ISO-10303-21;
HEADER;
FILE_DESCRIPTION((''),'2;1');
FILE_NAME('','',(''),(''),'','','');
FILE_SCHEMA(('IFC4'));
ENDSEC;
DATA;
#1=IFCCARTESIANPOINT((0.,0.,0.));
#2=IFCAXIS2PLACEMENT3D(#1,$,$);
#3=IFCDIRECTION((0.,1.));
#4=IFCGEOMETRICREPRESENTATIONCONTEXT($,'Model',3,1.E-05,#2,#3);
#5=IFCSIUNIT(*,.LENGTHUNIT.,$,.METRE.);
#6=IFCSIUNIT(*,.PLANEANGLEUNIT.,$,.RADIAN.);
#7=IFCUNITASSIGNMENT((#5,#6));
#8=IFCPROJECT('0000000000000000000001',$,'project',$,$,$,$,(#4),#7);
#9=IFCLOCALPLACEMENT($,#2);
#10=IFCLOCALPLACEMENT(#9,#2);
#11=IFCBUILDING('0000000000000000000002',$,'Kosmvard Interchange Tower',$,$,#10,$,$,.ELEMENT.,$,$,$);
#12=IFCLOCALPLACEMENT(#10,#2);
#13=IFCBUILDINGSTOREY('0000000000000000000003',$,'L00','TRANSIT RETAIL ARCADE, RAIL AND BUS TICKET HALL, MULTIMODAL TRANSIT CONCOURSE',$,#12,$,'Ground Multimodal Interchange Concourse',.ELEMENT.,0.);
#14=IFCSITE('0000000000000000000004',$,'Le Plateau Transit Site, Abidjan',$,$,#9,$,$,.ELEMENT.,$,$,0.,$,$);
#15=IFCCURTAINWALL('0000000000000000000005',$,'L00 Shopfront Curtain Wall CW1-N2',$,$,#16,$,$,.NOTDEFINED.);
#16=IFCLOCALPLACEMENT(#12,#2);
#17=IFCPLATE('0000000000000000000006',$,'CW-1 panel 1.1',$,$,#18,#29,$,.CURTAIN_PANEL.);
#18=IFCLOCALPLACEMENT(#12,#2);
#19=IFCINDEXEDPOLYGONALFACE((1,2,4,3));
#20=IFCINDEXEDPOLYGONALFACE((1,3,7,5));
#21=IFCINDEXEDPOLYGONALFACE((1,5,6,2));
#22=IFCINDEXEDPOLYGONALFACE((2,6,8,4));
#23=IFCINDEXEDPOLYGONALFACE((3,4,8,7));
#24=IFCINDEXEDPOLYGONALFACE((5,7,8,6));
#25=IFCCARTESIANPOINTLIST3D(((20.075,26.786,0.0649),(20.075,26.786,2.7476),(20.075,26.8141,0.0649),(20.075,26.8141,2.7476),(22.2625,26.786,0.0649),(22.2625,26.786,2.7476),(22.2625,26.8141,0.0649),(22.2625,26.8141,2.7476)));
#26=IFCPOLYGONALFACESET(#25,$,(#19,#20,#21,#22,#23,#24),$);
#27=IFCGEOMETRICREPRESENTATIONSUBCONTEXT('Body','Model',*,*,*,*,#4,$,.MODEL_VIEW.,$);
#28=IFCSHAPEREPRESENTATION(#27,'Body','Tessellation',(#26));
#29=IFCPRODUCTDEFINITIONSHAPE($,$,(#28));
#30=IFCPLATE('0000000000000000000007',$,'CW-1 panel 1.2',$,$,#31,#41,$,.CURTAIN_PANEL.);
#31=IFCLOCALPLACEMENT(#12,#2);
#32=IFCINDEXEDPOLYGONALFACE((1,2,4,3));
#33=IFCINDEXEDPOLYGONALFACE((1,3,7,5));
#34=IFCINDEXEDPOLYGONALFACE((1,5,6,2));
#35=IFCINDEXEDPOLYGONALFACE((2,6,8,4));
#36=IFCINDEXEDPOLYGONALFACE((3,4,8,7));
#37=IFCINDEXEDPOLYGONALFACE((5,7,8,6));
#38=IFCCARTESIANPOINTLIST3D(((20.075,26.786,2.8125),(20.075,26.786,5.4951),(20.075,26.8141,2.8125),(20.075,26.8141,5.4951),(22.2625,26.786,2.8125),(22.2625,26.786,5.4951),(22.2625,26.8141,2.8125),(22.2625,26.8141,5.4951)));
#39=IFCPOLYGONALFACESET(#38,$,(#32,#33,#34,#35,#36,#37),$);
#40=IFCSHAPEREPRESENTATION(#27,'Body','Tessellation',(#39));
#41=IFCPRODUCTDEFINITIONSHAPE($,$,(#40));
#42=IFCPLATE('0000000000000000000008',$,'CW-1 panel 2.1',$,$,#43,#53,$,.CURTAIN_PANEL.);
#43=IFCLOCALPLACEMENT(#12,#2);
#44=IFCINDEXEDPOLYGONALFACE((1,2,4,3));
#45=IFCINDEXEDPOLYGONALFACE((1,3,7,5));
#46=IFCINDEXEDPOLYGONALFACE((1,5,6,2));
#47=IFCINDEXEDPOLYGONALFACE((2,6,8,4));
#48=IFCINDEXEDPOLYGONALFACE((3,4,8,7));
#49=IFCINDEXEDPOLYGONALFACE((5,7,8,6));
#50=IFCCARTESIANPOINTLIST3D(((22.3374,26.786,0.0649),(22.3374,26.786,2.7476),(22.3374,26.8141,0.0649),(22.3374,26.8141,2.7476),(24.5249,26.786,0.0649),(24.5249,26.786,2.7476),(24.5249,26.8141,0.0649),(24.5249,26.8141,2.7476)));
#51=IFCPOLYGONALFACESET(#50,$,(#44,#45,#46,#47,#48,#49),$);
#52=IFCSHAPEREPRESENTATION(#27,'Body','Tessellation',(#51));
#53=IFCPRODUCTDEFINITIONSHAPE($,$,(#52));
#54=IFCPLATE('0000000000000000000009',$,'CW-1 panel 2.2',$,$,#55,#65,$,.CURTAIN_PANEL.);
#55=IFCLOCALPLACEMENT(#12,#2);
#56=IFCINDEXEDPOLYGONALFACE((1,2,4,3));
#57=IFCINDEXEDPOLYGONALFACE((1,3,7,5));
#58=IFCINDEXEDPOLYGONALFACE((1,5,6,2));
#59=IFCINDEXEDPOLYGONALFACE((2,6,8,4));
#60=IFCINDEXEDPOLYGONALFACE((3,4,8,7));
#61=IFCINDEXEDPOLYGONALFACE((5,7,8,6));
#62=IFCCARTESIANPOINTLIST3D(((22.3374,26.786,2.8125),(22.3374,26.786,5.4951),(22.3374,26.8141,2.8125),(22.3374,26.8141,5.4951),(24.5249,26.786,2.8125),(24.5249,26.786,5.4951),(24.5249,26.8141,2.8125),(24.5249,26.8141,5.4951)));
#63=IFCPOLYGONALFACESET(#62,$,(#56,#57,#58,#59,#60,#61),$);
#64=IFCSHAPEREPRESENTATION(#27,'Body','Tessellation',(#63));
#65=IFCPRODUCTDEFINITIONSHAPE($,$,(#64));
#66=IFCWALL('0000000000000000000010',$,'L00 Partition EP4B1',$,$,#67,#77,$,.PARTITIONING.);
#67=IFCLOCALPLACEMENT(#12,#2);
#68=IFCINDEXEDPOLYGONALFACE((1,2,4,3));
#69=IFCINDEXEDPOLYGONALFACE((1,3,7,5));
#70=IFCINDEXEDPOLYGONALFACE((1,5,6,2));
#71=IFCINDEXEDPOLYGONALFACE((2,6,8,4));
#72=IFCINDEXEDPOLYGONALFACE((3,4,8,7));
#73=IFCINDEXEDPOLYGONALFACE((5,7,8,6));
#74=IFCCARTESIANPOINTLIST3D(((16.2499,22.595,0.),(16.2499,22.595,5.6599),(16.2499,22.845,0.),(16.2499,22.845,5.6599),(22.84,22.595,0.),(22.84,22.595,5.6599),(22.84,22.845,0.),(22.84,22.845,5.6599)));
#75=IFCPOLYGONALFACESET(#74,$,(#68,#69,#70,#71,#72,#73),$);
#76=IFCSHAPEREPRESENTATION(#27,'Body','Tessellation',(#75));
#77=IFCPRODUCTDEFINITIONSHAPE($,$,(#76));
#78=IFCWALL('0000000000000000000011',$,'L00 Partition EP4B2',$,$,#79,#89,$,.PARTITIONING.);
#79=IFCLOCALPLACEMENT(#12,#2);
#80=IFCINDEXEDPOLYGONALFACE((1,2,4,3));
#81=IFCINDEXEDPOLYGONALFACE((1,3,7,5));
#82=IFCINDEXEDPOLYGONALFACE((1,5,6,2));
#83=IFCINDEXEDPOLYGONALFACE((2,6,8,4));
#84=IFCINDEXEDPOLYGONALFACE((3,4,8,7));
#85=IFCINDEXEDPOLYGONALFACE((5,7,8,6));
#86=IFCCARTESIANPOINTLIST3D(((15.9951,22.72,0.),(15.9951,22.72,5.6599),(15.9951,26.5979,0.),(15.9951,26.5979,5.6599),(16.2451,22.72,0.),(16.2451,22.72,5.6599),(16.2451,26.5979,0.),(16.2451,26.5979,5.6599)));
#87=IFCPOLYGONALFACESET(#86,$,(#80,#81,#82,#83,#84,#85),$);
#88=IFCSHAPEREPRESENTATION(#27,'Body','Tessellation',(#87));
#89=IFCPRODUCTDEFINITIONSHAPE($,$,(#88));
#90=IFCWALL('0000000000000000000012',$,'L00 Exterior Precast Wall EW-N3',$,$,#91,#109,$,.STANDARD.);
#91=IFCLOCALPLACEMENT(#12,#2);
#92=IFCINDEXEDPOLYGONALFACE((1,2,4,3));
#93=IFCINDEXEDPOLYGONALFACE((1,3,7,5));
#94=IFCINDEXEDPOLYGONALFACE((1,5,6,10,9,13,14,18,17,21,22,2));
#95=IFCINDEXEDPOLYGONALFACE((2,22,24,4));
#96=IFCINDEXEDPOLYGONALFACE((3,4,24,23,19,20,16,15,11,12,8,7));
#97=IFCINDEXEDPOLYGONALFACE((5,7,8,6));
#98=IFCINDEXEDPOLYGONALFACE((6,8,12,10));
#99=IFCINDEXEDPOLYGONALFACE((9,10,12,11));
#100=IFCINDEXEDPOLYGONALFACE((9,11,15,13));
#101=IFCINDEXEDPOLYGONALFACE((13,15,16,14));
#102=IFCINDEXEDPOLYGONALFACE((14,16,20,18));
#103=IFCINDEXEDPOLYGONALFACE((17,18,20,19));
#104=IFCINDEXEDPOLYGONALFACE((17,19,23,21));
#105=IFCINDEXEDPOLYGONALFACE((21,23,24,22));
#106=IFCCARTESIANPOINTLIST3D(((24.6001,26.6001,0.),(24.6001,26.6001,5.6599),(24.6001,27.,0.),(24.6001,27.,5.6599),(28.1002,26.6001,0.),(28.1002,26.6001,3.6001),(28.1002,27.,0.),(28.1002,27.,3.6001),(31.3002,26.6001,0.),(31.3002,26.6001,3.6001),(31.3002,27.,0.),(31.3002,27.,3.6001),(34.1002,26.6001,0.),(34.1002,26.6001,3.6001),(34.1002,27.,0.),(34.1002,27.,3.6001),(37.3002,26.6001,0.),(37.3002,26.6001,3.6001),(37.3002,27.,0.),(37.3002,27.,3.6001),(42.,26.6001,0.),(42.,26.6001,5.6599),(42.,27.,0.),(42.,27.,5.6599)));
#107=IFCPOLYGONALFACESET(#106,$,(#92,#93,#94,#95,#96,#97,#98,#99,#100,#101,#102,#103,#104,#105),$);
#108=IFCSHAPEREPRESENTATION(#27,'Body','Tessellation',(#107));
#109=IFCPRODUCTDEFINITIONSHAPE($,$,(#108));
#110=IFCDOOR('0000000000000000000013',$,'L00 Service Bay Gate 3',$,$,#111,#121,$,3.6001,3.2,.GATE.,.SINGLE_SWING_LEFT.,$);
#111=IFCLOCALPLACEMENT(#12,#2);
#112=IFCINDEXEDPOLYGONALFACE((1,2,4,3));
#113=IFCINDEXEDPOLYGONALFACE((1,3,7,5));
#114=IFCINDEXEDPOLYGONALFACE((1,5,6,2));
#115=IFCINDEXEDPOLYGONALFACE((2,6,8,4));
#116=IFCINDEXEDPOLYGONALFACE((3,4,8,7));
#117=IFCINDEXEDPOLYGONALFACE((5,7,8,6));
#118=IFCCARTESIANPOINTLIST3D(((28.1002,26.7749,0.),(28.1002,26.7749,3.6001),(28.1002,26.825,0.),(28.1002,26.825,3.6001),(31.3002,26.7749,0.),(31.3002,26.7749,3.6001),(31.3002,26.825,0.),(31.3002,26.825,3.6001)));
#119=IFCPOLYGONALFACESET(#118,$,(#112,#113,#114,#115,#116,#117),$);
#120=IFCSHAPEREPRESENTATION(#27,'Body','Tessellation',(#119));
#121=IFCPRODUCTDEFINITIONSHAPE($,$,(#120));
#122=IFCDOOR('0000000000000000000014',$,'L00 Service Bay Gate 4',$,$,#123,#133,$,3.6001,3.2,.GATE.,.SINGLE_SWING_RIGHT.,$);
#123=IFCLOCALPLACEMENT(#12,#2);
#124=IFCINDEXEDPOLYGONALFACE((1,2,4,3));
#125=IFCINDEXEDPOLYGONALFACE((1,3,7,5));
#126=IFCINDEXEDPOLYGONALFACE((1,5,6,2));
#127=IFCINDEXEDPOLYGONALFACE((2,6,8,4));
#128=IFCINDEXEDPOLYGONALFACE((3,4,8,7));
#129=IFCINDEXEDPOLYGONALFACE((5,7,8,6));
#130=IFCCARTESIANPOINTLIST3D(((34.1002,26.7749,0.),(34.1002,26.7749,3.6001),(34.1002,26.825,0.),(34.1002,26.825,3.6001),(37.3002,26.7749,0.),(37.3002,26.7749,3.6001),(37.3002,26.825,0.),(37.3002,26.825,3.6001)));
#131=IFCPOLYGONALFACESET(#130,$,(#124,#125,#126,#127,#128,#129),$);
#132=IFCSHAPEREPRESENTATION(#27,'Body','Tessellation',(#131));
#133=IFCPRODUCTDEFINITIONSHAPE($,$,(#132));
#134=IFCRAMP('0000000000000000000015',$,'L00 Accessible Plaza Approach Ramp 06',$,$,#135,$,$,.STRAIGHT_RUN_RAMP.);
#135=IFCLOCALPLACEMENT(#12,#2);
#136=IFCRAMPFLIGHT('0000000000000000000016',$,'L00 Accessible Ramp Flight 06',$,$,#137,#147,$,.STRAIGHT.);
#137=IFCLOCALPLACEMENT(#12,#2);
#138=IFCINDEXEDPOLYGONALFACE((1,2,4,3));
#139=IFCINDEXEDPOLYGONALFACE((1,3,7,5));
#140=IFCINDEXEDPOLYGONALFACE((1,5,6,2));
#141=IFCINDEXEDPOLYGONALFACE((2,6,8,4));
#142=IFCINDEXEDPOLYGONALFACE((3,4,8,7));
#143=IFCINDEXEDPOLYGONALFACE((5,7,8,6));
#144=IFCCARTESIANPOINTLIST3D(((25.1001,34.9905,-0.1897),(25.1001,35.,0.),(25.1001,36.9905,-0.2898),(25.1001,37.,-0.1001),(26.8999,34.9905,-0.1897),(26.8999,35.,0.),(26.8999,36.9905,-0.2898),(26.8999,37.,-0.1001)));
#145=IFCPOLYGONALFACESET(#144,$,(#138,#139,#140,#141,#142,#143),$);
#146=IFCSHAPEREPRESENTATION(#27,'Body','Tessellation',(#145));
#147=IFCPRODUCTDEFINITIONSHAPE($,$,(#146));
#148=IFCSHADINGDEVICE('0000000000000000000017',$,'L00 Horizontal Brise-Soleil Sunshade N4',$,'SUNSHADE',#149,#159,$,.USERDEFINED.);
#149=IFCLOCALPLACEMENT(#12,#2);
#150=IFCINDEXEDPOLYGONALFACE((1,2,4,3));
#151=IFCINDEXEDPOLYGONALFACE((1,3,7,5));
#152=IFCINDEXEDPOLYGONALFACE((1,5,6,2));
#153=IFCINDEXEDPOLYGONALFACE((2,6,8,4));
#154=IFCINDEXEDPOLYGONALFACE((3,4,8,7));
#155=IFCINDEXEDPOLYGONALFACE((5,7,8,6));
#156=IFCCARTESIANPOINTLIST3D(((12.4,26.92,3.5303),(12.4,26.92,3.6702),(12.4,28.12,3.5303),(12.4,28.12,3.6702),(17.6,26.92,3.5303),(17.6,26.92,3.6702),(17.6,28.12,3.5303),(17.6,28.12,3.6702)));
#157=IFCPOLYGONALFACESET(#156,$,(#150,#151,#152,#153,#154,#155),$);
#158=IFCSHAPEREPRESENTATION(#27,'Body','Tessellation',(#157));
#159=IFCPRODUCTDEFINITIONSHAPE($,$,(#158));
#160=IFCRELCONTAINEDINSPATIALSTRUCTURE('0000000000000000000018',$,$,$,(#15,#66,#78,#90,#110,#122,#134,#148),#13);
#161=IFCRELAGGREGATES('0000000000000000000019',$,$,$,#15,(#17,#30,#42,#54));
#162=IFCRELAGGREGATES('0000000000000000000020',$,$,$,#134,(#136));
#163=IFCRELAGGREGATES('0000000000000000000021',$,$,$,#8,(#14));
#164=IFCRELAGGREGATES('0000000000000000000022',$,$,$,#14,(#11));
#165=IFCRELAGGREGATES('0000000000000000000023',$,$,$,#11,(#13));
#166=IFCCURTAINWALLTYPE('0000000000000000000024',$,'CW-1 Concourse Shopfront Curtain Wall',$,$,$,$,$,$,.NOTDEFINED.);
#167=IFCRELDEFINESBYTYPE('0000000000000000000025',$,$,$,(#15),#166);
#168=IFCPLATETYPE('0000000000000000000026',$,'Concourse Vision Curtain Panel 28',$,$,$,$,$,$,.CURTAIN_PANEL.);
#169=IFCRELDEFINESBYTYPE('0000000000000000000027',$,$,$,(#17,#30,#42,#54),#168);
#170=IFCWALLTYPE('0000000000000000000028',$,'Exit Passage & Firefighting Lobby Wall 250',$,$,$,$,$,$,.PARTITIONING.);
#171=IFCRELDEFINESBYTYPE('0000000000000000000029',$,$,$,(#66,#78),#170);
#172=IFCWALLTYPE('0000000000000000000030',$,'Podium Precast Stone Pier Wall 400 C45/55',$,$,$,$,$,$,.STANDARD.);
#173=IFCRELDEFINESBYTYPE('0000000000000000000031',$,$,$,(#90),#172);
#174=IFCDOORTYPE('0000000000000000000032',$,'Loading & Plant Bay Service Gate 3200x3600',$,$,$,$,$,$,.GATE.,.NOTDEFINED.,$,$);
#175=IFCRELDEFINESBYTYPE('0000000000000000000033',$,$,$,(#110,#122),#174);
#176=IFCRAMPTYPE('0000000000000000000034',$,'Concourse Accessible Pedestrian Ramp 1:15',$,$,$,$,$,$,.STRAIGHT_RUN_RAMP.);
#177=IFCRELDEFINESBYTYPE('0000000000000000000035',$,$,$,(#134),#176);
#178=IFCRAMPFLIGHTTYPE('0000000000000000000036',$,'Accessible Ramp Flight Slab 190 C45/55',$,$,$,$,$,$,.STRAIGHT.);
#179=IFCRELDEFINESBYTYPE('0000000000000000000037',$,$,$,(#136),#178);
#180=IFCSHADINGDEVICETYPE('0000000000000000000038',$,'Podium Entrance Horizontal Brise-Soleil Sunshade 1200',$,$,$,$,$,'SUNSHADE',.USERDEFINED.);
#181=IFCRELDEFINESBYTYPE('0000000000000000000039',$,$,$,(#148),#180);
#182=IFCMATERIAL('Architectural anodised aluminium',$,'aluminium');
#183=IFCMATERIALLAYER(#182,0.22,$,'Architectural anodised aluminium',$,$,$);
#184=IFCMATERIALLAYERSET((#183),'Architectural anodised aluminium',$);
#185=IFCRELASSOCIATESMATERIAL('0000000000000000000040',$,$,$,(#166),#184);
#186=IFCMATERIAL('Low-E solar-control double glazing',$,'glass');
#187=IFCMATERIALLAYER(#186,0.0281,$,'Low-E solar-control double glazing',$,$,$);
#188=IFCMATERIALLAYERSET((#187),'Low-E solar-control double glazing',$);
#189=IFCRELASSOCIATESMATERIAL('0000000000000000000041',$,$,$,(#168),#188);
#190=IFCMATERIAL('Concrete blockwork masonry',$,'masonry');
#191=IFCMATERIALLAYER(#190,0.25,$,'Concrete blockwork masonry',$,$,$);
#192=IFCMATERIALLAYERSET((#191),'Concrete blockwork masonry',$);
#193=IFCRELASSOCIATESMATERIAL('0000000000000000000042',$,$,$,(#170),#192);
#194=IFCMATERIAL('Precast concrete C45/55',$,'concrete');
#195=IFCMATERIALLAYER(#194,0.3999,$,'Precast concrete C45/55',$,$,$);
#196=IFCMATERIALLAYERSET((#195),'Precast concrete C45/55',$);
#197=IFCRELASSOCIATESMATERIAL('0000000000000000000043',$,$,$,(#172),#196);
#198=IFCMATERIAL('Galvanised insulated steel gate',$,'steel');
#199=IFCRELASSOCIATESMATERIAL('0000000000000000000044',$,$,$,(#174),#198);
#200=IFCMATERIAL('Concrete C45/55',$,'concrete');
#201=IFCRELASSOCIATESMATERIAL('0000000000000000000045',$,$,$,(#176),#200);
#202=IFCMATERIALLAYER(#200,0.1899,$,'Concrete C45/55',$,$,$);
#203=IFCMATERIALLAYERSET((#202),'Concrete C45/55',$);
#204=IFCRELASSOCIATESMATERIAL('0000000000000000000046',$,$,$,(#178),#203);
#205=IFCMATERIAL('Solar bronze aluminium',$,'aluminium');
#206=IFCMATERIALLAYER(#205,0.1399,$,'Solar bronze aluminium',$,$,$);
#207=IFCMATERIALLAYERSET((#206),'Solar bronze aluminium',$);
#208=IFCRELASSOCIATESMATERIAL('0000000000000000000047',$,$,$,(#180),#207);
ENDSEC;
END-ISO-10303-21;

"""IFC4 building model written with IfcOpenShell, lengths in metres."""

from ifc_helpers import new_model, si_unit, direction, frame, frame_2d, origin, origin_2d, place, context, subcontext, project, spatial, polyline, rectangle, outline, extrude, source, transform, mapped, material, layer, layer_set, type_object, element, fill, aggregate, save


model = new_model("IFC4")

# Units and contexts
model_context = context("Model", 3, precision=1e-05, world=origin(), true_north=direction((0.0, 1.0)))
body_context = subcontext(model_context, "Body", "Model", "MODEL_VIEW")
ifc_project = project(units=[si_unit("LENGTHUNIT", "METRE"), si_unit("PLANEANGLEUNIT", "RADIAN")], contexts=[model_context])

# Site, building, storey
site_placement = place(None, origin())
site = spatial("IfcSite", under=ifc_project, at=site_placement, Name="Le Plateau Transit Site, Abidjan", CompositionType="ELEMENT", RefElevation=0.0)
building_placement = place(site_placement, origin())
building = spatial("IfcBuilding", under=site, at=building_placement, Name="Kosmvard Interchange Tower", CompositionType="ELEMENT")
storey_placement = place(building_placement, origin())
storey = spatial("IfcBuildingStorey", under=building, at=storey_placement, Name="L00", Description="TRANSIT RETAIL ARCADE, RAIL AND BUS TICKET HALL, MULTIMODAL TRANSIT CONCOURSE", LongName="Ground Multimodal Interchange Concourse", CompositionType="ELEMENT", Elevation=0.0)

# Curtain wall
ifc_material_1 = material(Name="Architectural anodised aluminium", Category="aluminium")
ifc_layer_1 = layer(ifc_material_1, 0.22, Name="Architectural anodised aluminium")
ifc_layer_set_1 = layer_set([ifc_layer_1], Name="Architectural anodised aluminium")
curtain_wall_type = type_object("IfcCurtainWallType", Name="CW-1 Concourse Shopfront Curtain Wall", PredefinedType="NOTDEFINED", material=ifc_layer_set_1)
curtain_wall_placement = place(storey_placement, origin())
curtain_wall = element("IfcCurtainWall", 1, at=curtain_wall_placement, inside=storey, type_object=curtain_wall_type, Name="L00 Shopfront Curtain Wall CW1-N2", PredefinedType="NOTDEFINED")

# Plates
ifc_material_2 = material(Name="Low-E solar-control double glazing", Category="glass")
ifc_layer_2 = layer(ifc_material_2, 0.0281, Name="Low-E solar-control double glazing")
ifc_layer_set_2 = layer_set([ifc_layer_2], Name="Low-E solar-control double glazing")
plate_type_1 = type_object("IfcPlateType", Name="Concourse Vision Curtain Panel 28", PredefinedType="CURTAIN_PANEL", material=ifc_layer_set_2)
shared_shape_1 = source(origin(), body_context, "Body", "SweptSolid", [
    extrude(rectangle(XDim=2.1875, YDim=0.0281, at=origin_2d()), origin(), (0.0, 0.0, 1.0), 2.6826),
])
plate_1_placement = place(storey_placement, frame((21.1687, 26.8, 0.0649), z_axis=(0.0, 0.0, 1.0), x_axis=(1.0, 0.0, 0.0)))
plate_1 = element("IfcPlate", 2, at=plate_1_placement, type_object=plate_type_1, Name="CW-1 panel 1.1", PredefinedType="CURTAIN_PANEL", context=body_context, shape_type="MappedRepresentation", body=[
    mapped(shared_shape_1, transform((0.0, 0.0, 0.0), scale=1.0)),
])
plate_2_placement = place(storey_placement, frame((21.1687, 26.8, 2.8125), z_axis=(0.0, 0.0, 1.0), x_axis=(1.0, 0.0, 0.0)))
plate_2 = element("IfcPlate", 3, at=plate_2_placement, type_object=plate_type_1, Name="CW-1 panel 1.2", PredefinedType="CURTAIN_PANEL", context=body_context, shape_type="MappedRepresentation", body=[
    mapped(shared_shape_1, transform((0.0, 0.0, 0.0), scale=1.0)),
])
plate_3_placement = place(storey_placement, frame((23.4312, 26.8, 0.0649), z_axis=(0.0, 0.0, 1.0), x_axis=(1.0, 0.0, 0.0)))
plate_3 = element("IfcPlate", 4, at=plate_3_placement, type_object=plate_type_1, Name="CW-1 panel 2.1", PredefinedType="CURTAIN_PANEL", context=body_context, shape_type="MappedRepresentation", body=[
    mapped(shared_shape_1, transform((0.0, 0.0, 0.0), scale=1.0)),
])
plate_4_placement = place(storey_placement, frame((23.4312, 26.8, 2.8125), z_axis=(0.0, 0.0, 1.0), x_axis=(1.0, 0.0, 0.0)))
plate_4 = element("IfcPlate", 5, at=plate_4_placement, type_object=plate_type_1, Name="CW-1 panel 2.2", PredefinedType="CURTAIN_PANEL", context=body_context, shape_type="MappedRepresentation", body=[
    mapped(shared_shape_1, transform((0.0, 0.0, 0.0), scale=1.0)),
])
aggregate(curtain_wall, [plate_1, plate_2, plate_3, plate_4])

# Walls
ifc_material_3 = material(Name="Concrete blockwork masonry", Category="masonry")
ifc_layer_3 = layer(ifc_material_3, 0.25, Name="Concrete blockwork masonry")
ifc_layer_set_3 = layer_set([ifc_layer_3], Name="Concrete blockwork masonry")
wall_type_1 = type_object("IfcWallType", Name="Exit Passage & Firefighting Lobby Wall 250", PredefinedType="PARTITIONING", material=ifc_layer_set_3)
wall_1_placement = place(storey_placement, frame((16.25, 22.72, 0.0), z_axis=(0.0, 0.0, 1.0), x_axis=(1.0, 0.0, 0.0)))
element("IfcWall", 6, at=wall_1_placement, inside=storey, type_object=wall_type_1, Name="L00 Partition EP4B1", PredefinedType="PARTITIONING", context=body_context, shape_type="SweptSolid", body=[
    extrude(rectangle(XDim=6.5901, YDim=0.25, at=frame_2d((3.2949, 0.0))), origin(), (0.0, 0.0, 1.0), 5.6599),
])
wall_2_placement = place(storey_placement, frame((16.1201, 22.72, 0.0), z_axis=(0.0, 0.0, 1.0), x_axis=(0.0, 1.0, 0.0)))
element("IfcWall", 7, at=wall_2_placement, inside=storey, type_object=wall_type_1, Name="L00 Partition EP4B2", PredefinedType="PARTITIONING", context=body_context, shape_type="SweptSolid", body=[
    extrude(rectangle(XDim=3.8779, YDim=0.25, at=frame_2d((1.939, 0.0))), origin(), (0.0, 0.0, 1.0), 5.6599),
])

# Wall, openings, doors
ifc_material_4 = material(Name="Precast concrete C45/55", Category="concrete")
ifc_layer_4 = layer(ifc_material_4, 0.3999, Name="Precast concrete C45/55")
ifc_layer_set_4 = layer_set([ifc_layer_4], Name="Precast concrete C45/55")
wall_type_2 = type_object("IfcWallType", Name="Podium Precast Stone Pier Wall 400 C45/55", PredefinedType="STANDARD", material=ifc_layer_set_4)
wall_3_placement = place(storey_placement, frame((24.6001, 26.8, 0.0), z_axis=(0.0, 0.0, 1.0), x_axis=(1.0, 0.0, 0.0)))
wall_3 = element("IfcWall", 8, at=wall_3_placement, inside=storey, type_object=wall_type_2, Name="L00 Exterior Precast Wall EW-N3", PredefinedType="STANDARD", context=body_context, shape_type="SweptSolid", body=[
    extrude(rectangle(XDim=17.3999, YDim=0.3999, at=frame_2d((8.7, 0.0))), origin(), (0.0, 0.0, 1.0), 5.6599),
])
opening_1_placement = place(wall_3_placement, frame((3.5, 0.0, 0.0)))
opening_1 = element("IfcOpeningElement", 9, at=opening_1_placement, cuts=wall_3, PredefinedType="OPENING", context=body_context, shape_type="SweptSolid", body=[
    extrude(rectangle(XDim=3.2, YDim=3.6001, at=frame_2d((1.6001, 1.8))), frame((0.0, 0.21, 0.0), z_axis=(0.0, -1.0, 0.0), x_axis=(1.0, 0.0, 0.0)), (0.0, 0.0, 1.0), 0.4199),
])
opening_2_placement = place(wall_3_placement, frame((9.5, 0.0, 0.0)))
opening_2 = element("IfcOpeningElement", 10, at=opening_2_placement, cuts=wall_3, PredefinedType="OPENING", context=body_context, shape_type="SweptSolid", body=[
    extrude(rectangle(XDim=3.2, YDim=3.6001, at=frame_2d((1.6001, 1.8))), frame((0.0, 0.21, 0.0), z_axis=(0.0, -1.0, 0.0), x_axis=(1.0, 0.0, 0.0)), (0.0, 0.0, 1.0), 0.4199),
])
ifc_material_5 = material(Name="Galvanised insulated steel gate", Category="steel")
door_type = type_object("IfcDoorType", Name="Loading & Plant Bay Service Gate 3200x3600", OperationType="NOTDEFINED", PredefinedType="GATE", material=ifc_material_5)
shared_shape_2 = source(origin(), body_context, "Body", "SweptSolid", [
    extrude(rectangle(XDim=3.2, YDim=3.6001, at=frame_2d((1.6001, 1.8))), frame((0.0, 0.0249, 0.0), z_axis=(0.0, -1.0, 0.0), x_axis=(1.0, 0.0, 0.0)), (0.0, 0.0, 1.0), 0.05),
])
door_1_placement = place(opening_1_placement, origin())
door_1 = element("IfcDoor", 11, at=door_1_placement, inside=storey, type_object=door_type, Name="L00 Service Bay Gate 3", OperationType="SINGLE_SWING_LEFT", OverallHeight=3.6001, OverallWidth=3.2, PredefinedType="GATE", context=body_context, shape_type="MappedRepresentation", body=[
    mapped(shared_shape_2, transform((0.0, 0.0, 0.0), scale=1.0)),
])
fill(opening_1, door_1)
door_2_placement = place(opening_2_placement, origin())
door_2 = element("IfcDoor", 12, at=door_2_placement, inside=storey, type_object=door_type, Name="L00 Service Bay Gate 4", OperationType="SINGLE_SWING_RIGHT", OverallHeight=3.6001, OverallWidth=3.2, PredefinedType="GATE", context=body_context, shape_type="MappedRepresentation", body=[
    mapped(shared_shape_2, transform((0.0, 0.0, 0.0), scale=1.0)),
])
fill(opening_2, door_2)

# Ramp, ramp flight
ifc_material_6 = material(Name="Concrete C45/55", Category="concrete")
ramp_type = type_object("IfcRampType", Name="Concourse Accessible Pedestrian Ramp 1:15", PredefinedType="STRAIGHT_RUN_RAMP", material=ifc_material_6)
ramp_placement = place(storey_placement, origin())
ramp = element("IfcRamp", 13, at=ramp_placement, inside=storey, type_object=ramp_type, Name="L00 Accessible Plaza Approach Ramp 06", PredefinedType="STRAIGHT_RUN_RAMP")
ifc_layer_5 = layer(ifc_material_6, 0.1899, Name="Concrete C45/55")
ifc_layer_set_5 = layer_set([ifc_layer_5], Name="Concrete C45/55")
ramp_flight_type = type_object("IfcRampFlightType", Name="Accessible Ramp Flight Slab 190 C45/55", PredefinedType="STRAIGHT", material=ifc_layer_set_5)
ramp_flight_placement = place(storey_placement, frame((25.1001, 35.0, 0.0), z_axis=(0.0, 0.049986, 0.99875), x_axis=(1.0, 0.0, 0.0)))
ramp_flight = element("IfcRampFlight", 14, at=ramp_flight_placement, type_object=ramp_flight_type, Name="L00 Accessible Ramp Flight 06", PredefinedType="STRAIGHT", context=body_context, shape_type="SweptSolid", body=[
    extrude(outline(polyline([(0.0, 0.0), (1.7998, 0.0), (1.7998, 2.0025), (0.0, 2.0025), (0.0, 0.0)])), origin(), (0.0, 0.0, -1.0), 0.1899),
])
aggregate(ramp, [ramp_flight])

# Shading device
ifc_material_7 = material(Name="Solar bronze aluminium", Category="aluminium")
ifc_layer_6 = layer(ifc_material_7, 0.1399, Name="Solar bronze aluminium")
ifc_layer_set_6 = layer_set([ifc_layer_6], Name="Solar bronze aluminium")
shading_device_type = type_object("IfcShadingDeviceType", Name="Podium Entrance Horizontal Brise-Soleil Sunshade 1200", ElementType="SUNSHADE", PredefinedType="USERDEFINED", material=ifc_layer_set_6)
shared_shape_3 = source(origin(), body_context, "Body", "SweptSolid", [
    extrude(rectangle(XDim=5.2, YDim=1.2, at=origin_2d()), origin(), (0.0, 0.0, 1.0), 0.1399),
])
shading_device_placement = place(storey_placement, frame((15.0, 27.52, 3.5303), z_axis=(0.0, 0.0, 1.0), x_axis=(1.0, 0.0, 0.0)))
element("IfcShadingDevice", 15, at=shading_device_placement, inside=storey, type_object=shading_device_type, Name="L00 Horizontal Brise-Soleil Sunshade N4", ObjectType="SUNSHADE", PredefinedType="USERDEFINED", context=body_context, shape_type="MappedRepresentation", body=[
    mapped(shared_shape_3, transform((0.0, 0.0, 0.0), scale=1.0)),
])

save(model, "model.ifc")
